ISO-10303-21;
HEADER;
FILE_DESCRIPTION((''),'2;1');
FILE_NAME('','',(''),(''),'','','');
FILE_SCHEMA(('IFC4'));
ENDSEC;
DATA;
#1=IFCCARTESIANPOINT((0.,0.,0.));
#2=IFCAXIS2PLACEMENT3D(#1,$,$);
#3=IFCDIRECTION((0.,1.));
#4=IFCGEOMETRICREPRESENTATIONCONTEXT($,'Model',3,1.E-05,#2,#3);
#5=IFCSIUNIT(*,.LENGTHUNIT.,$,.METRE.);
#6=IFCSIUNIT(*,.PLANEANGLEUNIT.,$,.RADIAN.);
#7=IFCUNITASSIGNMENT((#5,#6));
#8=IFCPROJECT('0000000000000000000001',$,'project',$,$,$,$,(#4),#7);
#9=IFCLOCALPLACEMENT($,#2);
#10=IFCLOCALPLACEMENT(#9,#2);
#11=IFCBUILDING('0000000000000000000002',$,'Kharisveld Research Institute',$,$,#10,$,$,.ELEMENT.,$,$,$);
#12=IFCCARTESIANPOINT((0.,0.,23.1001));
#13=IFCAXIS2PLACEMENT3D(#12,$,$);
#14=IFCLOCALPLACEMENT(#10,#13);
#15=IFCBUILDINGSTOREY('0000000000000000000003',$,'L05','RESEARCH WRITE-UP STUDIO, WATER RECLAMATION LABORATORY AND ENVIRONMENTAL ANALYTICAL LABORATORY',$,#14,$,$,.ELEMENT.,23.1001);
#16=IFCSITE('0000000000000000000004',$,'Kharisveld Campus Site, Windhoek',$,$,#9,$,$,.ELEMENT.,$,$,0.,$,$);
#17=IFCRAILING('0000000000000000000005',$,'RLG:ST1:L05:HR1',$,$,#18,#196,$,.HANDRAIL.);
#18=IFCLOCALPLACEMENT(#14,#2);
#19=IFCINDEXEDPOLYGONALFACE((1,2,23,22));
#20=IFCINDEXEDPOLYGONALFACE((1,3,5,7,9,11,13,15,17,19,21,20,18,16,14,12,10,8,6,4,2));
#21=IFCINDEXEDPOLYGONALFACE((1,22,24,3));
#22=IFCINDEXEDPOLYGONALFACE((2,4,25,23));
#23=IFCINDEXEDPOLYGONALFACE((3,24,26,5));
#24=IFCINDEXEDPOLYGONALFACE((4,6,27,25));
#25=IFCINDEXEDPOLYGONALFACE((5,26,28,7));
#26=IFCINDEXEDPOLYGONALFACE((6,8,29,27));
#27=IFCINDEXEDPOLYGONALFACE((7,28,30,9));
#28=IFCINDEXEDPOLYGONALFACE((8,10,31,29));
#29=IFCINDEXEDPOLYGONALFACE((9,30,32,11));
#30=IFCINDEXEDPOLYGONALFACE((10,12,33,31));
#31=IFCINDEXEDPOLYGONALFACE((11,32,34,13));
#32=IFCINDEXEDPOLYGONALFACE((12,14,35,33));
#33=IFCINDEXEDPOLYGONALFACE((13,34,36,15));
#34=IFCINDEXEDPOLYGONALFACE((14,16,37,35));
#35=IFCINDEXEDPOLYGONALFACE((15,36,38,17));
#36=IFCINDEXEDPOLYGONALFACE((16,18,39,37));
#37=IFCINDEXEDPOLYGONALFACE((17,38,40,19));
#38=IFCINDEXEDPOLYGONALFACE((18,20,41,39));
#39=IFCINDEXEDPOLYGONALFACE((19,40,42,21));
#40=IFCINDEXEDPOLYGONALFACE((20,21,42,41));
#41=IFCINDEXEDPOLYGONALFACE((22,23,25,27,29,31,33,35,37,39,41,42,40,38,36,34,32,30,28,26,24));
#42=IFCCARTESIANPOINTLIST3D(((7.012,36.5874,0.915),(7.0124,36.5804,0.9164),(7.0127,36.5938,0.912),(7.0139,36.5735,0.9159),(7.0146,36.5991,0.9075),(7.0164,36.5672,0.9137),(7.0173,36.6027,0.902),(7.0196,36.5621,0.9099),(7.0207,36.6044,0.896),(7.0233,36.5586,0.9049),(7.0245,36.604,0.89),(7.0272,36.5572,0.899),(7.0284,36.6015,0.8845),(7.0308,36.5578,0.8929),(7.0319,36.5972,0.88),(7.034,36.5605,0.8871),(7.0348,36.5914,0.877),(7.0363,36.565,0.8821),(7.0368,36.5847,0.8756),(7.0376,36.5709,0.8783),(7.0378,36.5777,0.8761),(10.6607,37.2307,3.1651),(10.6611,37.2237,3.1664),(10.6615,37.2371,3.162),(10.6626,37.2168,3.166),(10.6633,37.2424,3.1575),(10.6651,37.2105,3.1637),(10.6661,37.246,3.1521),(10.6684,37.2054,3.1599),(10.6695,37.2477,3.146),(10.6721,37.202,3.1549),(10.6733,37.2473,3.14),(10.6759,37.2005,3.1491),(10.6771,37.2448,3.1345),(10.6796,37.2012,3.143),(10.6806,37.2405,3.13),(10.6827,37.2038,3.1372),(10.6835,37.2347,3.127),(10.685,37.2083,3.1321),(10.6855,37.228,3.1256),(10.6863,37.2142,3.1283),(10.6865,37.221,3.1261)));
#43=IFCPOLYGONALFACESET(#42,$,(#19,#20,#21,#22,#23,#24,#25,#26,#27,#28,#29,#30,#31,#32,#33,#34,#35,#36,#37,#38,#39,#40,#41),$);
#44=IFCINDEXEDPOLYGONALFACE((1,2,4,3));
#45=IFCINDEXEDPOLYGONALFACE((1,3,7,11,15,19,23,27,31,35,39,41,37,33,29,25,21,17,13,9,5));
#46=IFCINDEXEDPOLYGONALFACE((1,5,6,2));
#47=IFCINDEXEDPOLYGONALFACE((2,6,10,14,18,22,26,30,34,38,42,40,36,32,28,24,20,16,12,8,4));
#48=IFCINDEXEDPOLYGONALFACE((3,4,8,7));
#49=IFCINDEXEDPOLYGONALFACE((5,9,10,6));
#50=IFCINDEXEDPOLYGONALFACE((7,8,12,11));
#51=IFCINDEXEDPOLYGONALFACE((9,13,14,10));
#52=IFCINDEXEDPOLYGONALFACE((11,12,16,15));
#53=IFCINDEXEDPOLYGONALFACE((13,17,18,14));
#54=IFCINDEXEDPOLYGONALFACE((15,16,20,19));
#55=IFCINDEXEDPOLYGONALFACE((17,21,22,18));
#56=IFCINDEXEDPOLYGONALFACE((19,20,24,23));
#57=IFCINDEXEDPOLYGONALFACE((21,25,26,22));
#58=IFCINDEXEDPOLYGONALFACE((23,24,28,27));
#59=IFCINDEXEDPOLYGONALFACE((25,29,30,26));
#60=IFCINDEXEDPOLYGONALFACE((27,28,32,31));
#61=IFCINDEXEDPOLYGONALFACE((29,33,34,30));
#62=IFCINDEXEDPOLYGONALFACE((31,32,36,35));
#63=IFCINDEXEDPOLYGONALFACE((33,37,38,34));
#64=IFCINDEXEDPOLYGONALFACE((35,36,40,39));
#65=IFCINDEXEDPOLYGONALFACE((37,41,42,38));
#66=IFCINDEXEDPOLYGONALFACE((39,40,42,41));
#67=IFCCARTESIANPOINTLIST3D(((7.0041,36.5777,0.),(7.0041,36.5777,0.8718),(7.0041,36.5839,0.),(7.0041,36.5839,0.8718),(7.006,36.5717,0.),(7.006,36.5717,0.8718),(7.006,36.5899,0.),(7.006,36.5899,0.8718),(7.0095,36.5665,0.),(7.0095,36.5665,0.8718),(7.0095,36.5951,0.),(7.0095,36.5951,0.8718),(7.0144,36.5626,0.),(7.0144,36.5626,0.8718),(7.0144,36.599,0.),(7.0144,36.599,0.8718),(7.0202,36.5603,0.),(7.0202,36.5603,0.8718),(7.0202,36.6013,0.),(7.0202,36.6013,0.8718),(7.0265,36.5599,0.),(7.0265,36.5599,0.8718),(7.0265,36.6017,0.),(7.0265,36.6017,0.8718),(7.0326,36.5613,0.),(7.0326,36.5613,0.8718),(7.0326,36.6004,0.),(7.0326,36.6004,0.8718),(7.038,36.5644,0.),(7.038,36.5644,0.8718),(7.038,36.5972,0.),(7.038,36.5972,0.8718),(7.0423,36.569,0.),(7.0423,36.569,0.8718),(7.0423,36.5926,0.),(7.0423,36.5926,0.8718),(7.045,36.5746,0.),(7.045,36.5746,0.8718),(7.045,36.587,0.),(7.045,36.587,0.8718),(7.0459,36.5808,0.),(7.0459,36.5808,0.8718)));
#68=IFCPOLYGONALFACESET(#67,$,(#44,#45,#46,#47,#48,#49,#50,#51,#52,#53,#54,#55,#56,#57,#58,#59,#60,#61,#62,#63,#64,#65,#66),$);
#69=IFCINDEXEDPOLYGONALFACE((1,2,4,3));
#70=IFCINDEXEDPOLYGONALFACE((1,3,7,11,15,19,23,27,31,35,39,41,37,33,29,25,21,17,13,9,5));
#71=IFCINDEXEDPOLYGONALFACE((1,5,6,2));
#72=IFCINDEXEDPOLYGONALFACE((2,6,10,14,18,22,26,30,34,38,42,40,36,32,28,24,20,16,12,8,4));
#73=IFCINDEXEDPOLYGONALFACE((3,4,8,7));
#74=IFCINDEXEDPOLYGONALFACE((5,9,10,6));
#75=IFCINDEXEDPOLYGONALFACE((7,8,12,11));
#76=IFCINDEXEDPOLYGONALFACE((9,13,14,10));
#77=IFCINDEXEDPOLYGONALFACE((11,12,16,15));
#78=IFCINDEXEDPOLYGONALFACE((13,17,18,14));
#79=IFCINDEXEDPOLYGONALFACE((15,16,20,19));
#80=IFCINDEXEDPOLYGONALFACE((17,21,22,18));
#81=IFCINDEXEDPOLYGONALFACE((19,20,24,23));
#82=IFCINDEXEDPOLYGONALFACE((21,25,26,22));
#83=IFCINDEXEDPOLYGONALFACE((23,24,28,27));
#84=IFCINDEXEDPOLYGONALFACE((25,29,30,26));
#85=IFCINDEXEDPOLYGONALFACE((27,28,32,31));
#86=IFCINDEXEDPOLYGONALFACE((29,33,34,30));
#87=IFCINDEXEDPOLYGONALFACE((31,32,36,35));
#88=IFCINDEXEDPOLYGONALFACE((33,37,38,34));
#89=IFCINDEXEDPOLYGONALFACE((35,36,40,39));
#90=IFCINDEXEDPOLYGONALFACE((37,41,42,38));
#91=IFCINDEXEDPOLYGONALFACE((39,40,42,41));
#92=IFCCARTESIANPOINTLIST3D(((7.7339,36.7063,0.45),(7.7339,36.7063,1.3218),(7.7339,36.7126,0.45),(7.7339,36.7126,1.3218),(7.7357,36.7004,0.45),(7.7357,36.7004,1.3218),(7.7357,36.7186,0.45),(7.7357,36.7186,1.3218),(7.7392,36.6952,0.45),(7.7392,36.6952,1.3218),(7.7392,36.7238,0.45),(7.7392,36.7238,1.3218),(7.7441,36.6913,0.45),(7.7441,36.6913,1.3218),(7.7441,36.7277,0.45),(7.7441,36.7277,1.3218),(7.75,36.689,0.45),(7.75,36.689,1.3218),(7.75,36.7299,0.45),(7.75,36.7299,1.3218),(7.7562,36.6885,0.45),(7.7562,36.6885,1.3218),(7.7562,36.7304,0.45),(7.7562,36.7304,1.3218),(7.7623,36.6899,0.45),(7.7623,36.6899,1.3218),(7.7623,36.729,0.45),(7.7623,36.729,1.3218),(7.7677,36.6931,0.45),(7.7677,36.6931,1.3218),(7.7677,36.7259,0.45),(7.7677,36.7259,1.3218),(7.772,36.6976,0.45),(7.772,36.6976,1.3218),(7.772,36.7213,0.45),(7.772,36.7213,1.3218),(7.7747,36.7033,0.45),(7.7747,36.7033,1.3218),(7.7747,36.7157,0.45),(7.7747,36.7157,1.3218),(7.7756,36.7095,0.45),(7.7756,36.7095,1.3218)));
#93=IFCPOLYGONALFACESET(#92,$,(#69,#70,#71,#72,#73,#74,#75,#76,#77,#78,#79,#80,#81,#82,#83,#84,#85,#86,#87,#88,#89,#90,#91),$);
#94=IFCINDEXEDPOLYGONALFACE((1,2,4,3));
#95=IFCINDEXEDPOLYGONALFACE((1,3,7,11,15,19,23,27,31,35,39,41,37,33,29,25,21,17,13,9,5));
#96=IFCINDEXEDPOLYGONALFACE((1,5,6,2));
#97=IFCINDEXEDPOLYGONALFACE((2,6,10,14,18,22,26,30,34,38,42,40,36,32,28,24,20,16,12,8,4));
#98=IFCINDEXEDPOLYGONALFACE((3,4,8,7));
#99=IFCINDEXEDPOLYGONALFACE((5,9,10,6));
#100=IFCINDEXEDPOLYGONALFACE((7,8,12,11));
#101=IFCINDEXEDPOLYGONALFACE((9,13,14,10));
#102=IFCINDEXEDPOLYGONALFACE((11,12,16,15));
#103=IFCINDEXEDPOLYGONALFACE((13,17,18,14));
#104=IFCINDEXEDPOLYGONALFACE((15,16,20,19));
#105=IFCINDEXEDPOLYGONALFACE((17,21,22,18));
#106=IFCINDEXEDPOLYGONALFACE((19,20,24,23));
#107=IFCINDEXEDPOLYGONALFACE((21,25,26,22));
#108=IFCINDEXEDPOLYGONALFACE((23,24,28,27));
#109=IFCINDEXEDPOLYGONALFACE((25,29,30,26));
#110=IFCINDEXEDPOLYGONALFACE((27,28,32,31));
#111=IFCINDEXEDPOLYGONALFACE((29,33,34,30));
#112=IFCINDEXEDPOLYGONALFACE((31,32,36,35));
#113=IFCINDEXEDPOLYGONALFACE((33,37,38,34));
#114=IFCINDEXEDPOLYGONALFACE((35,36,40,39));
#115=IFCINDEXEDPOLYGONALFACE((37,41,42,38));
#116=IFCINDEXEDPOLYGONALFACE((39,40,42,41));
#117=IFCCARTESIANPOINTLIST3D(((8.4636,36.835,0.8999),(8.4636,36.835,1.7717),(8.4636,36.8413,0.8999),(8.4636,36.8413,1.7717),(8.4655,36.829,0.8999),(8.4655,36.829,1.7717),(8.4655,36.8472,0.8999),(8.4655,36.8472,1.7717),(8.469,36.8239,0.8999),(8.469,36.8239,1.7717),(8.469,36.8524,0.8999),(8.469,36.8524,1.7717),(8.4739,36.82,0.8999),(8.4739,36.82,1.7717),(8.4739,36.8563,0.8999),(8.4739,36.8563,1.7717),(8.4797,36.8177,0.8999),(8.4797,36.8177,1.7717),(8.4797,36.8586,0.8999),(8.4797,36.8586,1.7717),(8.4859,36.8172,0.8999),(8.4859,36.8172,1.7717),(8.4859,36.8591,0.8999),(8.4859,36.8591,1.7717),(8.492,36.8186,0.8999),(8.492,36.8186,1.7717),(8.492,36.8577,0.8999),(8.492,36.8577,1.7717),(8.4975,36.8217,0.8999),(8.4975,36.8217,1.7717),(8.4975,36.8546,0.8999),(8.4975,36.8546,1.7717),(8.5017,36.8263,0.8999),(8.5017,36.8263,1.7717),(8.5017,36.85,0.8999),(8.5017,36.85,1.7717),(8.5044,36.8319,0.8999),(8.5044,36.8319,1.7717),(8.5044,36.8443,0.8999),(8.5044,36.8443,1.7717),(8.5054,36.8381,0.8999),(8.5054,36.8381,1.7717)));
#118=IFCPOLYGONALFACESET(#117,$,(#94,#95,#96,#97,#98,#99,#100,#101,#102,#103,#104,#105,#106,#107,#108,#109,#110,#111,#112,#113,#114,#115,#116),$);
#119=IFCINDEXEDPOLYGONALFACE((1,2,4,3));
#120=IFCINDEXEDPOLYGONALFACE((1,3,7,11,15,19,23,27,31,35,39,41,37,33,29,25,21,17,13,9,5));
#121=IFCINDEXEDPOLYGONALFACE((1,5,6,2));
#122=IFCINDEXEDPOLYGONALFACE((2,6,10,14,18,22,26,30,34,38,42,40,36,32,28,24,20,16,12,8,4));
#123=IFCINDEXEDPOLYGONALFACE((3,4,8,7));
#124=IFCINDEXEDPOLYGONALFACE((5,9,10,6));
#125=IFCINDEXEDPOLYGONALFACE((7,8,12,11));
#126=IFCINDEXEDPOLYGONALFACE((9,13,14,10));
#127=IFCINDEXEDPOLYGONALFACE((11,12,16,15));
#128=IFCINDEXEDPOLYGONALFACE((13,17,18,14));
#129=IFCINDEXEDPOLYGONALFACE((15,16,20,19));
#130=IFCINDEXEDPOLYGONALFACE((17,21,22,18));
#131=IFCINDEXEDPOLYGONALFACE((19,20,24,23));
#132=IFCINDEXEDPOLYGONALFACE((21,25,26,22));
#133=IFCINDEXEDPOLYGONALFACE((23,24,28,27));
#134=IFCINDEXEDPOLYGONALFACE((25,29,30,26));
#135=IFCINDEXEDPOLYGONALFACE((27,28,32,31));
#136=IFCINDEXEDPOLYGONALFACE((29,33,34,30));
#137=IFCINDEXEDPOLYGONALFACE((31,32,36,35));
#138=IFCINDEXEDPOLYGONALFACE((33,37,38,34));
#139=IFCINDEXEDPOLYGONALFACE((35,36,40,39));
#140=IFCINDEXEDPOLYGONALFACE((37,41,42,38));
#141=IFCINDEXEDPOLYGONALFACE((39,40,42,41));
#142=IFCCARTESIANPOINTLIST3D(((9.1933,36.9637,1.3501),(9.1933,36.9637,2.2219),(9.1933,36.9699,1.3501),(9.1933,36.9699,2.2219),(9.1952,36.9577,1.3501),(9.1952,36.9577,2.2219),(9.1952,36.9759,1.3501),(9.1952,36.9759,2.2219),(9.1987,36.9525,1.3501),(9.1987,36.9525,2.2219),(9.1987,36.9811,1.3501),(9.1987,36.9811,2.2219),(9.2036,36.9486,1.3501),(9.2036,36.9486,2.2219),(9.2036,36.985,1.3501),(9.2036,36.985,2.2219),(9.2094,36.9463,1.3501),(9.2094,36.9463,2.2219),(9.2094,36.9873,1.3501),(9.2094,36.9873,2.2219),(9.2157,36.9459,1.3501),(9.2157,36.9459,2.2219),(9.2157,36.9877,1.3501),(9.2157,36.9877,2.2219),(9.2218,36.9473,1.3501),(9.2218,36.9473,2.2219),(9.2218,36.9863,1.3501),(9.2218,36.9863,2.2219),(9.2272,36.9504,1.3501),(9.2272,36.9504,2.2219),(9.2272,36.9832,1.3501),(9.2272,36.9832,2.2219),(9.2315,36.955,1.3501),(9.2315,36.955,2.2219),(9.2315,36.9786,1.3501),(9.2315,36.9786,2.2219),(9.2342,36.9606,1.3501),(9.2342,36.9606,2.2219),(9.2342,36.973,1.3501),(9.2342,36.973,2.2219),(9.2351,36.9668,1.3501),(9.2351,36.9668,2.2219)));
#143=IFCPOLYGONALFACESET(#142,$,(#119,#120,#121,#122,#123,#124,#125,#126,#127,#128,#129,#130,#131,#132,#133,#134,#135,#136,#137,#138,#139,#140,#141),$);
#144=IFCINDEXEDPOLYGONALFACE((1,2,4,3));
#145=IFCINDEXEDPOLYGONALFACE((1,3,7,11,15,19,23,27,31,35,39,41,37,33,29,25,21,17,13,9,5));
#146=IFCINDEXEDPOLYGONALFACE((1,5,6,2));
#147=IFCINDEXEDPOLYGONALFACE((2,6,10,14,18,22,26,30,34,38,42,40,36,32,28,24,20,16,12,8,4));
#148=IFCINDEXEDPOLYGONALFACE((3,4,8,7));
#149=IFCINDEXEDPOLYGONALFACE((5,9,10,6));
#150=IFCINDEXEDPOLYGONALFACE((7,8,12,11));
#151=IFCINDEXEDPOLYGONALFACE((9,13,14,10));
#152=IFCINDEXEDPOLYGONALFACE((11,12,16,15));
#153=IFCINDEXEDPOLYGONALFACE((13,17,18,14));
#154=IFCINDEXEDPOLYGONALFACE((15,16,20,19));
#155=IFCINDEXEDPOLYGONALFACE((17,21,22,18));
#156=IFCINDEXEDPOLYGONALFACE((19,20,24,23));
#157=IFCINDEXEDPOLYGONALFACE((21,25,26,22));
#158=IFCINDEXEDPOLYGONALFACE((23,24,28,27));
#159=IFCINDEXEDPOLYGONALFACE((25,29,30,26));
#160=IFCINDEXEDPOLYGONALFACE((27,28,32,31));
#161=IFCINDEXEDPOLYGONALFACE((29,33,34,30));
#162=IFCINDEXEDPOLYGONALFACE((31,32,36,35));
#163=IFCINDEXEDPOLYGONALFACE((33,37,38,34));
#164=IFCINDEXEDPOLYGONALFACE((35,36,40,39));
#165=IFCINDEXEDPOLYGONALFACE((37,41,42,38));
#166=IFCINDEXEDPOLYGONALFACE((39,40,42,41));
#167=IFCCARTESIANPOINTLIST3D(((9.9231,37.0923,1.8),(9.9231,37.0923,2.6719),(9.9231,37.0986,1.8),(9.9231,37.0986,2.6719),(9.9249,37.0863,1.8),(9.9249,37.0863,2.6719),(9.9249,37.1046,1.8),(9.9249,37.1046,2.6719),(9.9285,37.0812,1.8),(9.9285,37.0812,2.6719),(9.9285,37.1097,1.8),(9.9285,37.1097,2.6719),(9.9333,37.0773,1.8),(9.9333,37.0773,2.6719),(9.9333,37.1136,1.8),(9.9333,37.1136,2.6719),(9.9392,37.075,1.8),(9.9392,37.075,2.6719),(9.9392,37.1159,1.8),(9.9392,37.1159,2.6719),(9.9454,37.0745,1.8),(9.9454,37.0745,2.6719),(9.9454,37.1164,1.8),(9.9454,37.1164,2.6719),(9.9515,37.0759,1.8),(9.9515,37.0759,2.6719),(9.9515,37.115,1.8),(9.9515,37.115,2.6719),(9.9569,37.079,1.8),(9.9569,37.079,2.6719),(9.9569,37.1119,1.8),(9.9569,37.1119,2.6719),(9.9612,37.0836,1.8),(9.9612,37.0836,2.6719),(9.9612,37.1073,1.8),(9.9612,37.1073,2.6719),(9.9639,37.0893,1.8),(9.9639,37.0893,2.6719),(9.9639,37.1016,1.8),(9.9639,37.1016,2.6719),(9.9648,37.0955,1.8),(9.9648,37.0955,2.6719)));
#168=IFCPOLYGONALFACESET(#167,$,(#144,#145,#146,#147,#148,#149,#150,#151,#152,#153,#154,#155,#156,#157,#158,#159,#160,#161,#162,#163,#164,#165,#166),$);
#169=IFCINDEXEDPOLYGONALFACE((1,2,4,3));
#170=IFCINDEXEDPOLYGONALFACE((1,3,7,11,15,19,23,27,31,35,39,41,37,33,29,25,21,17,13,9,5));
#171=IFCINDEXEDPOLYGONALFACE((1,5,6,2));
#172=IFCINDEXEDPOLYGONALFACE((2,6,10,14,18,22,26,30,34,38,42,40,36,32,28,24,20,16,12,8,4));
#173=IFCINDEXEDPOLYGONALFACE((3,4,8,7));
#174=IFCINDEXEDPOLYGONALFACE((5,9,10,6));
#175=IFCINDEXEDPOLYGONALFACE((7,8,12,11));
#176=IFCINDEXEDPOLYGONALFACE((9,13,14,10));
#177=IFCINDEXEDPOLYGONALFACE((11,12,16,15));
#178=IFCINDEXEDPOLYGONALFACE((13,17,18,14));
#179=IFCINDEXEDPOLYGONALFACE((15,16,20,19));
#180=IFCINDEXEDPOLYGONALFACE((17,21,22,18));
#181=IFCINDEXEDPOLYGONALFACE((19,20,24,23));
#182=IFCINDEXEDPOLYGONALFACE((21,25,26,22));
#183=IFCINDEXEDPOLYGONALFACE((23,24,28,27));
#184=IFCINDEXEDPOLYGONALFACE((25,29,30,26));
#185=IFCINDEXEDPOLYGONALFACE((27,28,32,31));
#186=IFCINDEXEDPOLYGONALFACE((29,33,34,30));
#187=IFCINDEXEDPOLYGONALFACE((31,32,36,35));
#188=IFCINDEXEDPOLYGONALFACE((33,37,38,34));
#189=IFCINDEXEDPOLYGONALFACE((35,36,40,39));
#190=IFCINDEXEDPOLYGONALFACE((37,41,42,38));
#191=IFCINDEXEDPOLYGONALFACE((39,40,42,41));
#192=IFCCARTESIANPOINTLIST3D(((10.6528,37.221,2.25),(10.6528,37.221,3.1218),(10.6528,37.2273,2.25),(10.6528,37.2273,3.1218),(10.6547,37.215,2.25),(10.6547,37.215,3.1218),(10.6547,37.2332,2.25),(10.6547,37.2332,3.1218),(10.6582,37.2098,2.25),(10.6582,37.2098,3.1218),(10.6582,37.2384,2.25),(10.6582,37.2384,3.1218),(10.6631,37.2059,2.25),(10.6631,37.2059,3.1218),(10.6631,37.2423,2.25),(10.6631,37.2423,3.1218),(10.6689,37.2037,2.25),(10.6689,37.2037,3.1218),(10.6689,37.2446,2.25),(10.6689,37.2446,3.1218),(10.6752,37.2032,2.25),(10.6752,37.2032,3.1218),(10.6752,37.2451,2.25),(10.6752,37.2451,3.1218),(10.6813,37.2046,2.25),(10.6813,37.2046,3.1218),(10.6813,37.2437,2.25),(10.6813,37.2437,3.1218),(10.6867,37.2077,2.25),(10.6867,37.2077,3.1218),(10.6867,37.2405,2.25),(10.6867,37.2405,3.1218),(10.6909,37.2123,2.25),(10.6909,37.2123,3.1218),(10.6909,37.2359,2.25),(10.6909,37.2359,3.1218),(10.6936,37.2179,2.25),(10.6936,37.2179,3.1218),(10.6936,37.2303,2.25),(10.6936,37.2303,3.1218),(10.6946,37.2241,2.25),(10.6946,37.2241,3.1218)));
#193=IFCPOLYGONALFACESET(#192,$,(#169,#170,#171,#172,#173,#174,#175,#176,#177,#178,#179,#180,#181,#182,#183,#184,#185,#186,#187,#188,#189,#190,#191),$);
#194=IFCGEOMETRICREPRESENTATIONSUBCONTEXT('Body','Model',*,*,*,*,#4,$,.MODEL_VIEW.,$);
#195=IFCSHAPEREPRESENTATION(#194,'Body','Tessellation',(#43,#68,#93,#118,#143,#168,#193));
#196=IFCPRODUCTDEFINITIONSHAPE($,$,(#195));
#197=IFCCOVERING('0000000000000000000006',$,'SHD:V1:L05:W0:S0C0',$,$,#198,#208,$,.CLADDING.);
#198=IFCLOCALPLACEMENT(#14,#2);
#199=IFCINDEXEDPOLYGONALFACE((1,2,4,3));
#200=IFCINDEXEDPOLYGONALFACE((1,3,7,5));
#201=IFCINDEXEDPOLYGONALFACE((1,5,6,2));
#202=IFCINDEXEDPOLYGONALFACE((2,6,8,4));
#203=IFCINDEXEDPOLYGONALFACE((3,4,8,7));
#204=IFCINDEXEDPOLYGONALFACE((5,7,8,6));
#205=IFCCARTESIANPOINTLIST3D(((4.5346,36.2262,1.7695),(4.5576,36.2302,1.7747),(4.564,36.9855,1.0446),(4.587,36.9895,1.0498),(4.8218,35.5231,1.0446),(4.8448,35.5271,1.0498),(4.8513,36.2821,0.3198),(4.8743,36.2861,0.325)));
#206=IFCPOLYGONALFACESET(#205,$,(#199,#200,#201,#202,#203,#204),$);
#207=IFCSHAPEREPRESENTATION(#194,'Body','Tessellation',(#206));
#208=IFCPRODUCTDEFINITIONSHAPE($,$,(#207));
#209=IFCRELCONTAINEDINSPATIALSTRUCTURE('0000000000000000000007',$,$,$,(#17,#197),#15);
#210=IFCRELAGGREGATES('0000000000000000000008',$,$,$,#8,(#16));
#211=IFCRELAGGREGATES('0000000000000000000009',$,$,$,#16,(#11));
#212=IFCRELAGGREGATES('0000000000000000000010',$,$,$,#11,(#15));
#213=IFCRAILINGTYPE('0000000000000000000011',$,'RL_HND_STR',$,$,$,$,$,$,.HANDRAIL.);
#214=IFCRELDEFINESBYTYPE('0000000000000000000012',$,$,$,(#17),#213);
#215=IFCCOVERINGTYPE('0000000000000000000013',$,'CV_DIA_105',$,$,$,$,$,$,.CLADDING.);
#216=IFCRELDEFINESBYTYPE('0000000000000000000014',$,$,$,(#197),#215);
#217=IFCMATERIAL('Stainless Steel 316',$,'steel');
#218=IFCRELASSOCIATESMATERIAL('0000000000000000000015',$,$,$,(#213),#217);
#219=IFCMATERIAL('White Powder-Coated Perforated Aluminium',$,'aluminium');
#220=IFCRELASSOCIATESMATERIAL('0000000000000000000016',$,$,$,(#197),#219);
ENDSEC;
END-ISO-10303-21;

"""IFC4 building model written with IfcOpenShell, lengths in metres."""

from ifc_helpers import new_model, si_unit, direction, frame, origin, origin_2d, place, context, subcontext, project, spatial, polyline, circle, outline, extrude, material, type_object, element, save


model = new_model("IFC4")

# Units and contexts
model_context = context("Model", 3, precision=1e-05, world=origin(), true_north=direction((0.0, 1.0)))
body_context = subcontext(model_context, "Body", "Model", "MODEL_VIEW")
ifc_project = project(units=[si_unit("LENGTHUNIT", "METRE"), si_unit("PLANEANGLEUNIT", "RADIAN")], contexts=[model_context])

# Site, building, storey
site_placement = place(None, origin())
site = spatial("IfcSite", under=ifc_project, at=site_placement, Name="Kharisveld Campus Site, Windhoek", CompositionType="ELEMENT", RefElevation=0.0)
building_placement = place(site_placement, origin())
building = spatial("IfcBuilding", under=site, at=building_placement, Name="Kharisveld Research Institute", CompositionType="ELEMENT")
storey_placement = place(building_placement, frame((0.0, 0.0, 23.1001)))
storey = spatial("IfcBuildingStorey", under=building, at=storey_placement, Name="L05", Description="RESEARCH WRITE-UP STUDIO, WATER RECLAMATION LABORATORY AND ENVIRONMENTAL ANALYTICAL LABORATORY", CompositionType="ELEMENT", Elevation=23.1001)

# Railing
ifc_material_1 = material(Name="Stainless Steel 316", Category="steel")
railing_type = type_object("IfcRailingType", Name="RL_HND_STR", PredefinedType="HANDRAIL", material=ifc_material_1)
railing_placement = place(storey_placement, frame((7.0249, 36.5808, 0.0)))
element("IfcRailing", 1, at=railing_placement, inside=storey, type_object=railing_type, Name="RLG:ST1:L05:HR1", PredefinedType="HANDRAIL", context=body_context, shape_type="SweptSolid", body=[
    extrude(circle(Radius=0.0239, at=origin_2d()), frame((0.0, 0.0, 0.896), z_axis=(0.841747, 0.148411, 0.519073), x_axis=(-0.173635, 0.98481, 0.0)), (0.0, 0.0, 1.0), 4.3347),
    extrude(circle(Radius=0.021, at=origin_2d()), origin(), (0.0, 0.0, 1.0), 0.8718),
    extrude(circle(Radius=0.021, at=origin_2d()), frame((0.7297, 0.1287, 0.45)), (0.0, 0.0, 1.0), 0.8718),
    extrude(circle(Radius=0.021, at=origin_2d()), frame((1.4595, 0.2573, 0.8999)), (0.0, 0.0, 1.0), 0.8718),
    extrude(circle(Radius=0.021, at=origin_2d()), frame((2.1892, 0.386, 1.3501)), (0.0, 0.0, 1.0), 0.8718),
    extrude(circle(Radius=0.021, at=origin_2d()), frame((2.9189, 0.5146, 1.8)), (0.0, 0.0, 1.0), 0.8718),
    extrude(circle(Radius=0.021, at=origin_2d()), frame((3.6487, 0.6433, 2.25)), (0.0, 0.0, 1.0), 0.8718),
])

# Covering
ifc_material_2 = material(Name="White Powder-Coated Perforated Aluminium", Category="aluminium")
covering_type = type_object("IfcCoveringType", Name="CV_DIA_105", PredefinedType="CLADDING")
for number, where, z_axis, x_axis, name in (
    (2, (4.8743, 36.2861, 0.325), (0.961447, 0.169497, 0.21654), (-0.273555, 0.669826, 0.69029), "SHD:V1:L05:W0:S0C0"),
):
    element("IfcCovering", number, at=place(storey_placement, frame(where, z_axis=z_axis, x_axis=x_axis)), inside=storey, type_object=covering_type, material=ifc_material_2, Name=name, PredefinedType="CLADDING", context=body_context, shape_type="SweptSolid", body=[
        extrude(outline(polyline([(0.0, 0.0), (1.0501, 0.0), (1.0499, 1.0501), (0.0, 1.05), (0.0, 0.0)])), origin(), (0.0, 0.0, -1.0), 0.0239),
    ])

save(model, "model.ifc")
